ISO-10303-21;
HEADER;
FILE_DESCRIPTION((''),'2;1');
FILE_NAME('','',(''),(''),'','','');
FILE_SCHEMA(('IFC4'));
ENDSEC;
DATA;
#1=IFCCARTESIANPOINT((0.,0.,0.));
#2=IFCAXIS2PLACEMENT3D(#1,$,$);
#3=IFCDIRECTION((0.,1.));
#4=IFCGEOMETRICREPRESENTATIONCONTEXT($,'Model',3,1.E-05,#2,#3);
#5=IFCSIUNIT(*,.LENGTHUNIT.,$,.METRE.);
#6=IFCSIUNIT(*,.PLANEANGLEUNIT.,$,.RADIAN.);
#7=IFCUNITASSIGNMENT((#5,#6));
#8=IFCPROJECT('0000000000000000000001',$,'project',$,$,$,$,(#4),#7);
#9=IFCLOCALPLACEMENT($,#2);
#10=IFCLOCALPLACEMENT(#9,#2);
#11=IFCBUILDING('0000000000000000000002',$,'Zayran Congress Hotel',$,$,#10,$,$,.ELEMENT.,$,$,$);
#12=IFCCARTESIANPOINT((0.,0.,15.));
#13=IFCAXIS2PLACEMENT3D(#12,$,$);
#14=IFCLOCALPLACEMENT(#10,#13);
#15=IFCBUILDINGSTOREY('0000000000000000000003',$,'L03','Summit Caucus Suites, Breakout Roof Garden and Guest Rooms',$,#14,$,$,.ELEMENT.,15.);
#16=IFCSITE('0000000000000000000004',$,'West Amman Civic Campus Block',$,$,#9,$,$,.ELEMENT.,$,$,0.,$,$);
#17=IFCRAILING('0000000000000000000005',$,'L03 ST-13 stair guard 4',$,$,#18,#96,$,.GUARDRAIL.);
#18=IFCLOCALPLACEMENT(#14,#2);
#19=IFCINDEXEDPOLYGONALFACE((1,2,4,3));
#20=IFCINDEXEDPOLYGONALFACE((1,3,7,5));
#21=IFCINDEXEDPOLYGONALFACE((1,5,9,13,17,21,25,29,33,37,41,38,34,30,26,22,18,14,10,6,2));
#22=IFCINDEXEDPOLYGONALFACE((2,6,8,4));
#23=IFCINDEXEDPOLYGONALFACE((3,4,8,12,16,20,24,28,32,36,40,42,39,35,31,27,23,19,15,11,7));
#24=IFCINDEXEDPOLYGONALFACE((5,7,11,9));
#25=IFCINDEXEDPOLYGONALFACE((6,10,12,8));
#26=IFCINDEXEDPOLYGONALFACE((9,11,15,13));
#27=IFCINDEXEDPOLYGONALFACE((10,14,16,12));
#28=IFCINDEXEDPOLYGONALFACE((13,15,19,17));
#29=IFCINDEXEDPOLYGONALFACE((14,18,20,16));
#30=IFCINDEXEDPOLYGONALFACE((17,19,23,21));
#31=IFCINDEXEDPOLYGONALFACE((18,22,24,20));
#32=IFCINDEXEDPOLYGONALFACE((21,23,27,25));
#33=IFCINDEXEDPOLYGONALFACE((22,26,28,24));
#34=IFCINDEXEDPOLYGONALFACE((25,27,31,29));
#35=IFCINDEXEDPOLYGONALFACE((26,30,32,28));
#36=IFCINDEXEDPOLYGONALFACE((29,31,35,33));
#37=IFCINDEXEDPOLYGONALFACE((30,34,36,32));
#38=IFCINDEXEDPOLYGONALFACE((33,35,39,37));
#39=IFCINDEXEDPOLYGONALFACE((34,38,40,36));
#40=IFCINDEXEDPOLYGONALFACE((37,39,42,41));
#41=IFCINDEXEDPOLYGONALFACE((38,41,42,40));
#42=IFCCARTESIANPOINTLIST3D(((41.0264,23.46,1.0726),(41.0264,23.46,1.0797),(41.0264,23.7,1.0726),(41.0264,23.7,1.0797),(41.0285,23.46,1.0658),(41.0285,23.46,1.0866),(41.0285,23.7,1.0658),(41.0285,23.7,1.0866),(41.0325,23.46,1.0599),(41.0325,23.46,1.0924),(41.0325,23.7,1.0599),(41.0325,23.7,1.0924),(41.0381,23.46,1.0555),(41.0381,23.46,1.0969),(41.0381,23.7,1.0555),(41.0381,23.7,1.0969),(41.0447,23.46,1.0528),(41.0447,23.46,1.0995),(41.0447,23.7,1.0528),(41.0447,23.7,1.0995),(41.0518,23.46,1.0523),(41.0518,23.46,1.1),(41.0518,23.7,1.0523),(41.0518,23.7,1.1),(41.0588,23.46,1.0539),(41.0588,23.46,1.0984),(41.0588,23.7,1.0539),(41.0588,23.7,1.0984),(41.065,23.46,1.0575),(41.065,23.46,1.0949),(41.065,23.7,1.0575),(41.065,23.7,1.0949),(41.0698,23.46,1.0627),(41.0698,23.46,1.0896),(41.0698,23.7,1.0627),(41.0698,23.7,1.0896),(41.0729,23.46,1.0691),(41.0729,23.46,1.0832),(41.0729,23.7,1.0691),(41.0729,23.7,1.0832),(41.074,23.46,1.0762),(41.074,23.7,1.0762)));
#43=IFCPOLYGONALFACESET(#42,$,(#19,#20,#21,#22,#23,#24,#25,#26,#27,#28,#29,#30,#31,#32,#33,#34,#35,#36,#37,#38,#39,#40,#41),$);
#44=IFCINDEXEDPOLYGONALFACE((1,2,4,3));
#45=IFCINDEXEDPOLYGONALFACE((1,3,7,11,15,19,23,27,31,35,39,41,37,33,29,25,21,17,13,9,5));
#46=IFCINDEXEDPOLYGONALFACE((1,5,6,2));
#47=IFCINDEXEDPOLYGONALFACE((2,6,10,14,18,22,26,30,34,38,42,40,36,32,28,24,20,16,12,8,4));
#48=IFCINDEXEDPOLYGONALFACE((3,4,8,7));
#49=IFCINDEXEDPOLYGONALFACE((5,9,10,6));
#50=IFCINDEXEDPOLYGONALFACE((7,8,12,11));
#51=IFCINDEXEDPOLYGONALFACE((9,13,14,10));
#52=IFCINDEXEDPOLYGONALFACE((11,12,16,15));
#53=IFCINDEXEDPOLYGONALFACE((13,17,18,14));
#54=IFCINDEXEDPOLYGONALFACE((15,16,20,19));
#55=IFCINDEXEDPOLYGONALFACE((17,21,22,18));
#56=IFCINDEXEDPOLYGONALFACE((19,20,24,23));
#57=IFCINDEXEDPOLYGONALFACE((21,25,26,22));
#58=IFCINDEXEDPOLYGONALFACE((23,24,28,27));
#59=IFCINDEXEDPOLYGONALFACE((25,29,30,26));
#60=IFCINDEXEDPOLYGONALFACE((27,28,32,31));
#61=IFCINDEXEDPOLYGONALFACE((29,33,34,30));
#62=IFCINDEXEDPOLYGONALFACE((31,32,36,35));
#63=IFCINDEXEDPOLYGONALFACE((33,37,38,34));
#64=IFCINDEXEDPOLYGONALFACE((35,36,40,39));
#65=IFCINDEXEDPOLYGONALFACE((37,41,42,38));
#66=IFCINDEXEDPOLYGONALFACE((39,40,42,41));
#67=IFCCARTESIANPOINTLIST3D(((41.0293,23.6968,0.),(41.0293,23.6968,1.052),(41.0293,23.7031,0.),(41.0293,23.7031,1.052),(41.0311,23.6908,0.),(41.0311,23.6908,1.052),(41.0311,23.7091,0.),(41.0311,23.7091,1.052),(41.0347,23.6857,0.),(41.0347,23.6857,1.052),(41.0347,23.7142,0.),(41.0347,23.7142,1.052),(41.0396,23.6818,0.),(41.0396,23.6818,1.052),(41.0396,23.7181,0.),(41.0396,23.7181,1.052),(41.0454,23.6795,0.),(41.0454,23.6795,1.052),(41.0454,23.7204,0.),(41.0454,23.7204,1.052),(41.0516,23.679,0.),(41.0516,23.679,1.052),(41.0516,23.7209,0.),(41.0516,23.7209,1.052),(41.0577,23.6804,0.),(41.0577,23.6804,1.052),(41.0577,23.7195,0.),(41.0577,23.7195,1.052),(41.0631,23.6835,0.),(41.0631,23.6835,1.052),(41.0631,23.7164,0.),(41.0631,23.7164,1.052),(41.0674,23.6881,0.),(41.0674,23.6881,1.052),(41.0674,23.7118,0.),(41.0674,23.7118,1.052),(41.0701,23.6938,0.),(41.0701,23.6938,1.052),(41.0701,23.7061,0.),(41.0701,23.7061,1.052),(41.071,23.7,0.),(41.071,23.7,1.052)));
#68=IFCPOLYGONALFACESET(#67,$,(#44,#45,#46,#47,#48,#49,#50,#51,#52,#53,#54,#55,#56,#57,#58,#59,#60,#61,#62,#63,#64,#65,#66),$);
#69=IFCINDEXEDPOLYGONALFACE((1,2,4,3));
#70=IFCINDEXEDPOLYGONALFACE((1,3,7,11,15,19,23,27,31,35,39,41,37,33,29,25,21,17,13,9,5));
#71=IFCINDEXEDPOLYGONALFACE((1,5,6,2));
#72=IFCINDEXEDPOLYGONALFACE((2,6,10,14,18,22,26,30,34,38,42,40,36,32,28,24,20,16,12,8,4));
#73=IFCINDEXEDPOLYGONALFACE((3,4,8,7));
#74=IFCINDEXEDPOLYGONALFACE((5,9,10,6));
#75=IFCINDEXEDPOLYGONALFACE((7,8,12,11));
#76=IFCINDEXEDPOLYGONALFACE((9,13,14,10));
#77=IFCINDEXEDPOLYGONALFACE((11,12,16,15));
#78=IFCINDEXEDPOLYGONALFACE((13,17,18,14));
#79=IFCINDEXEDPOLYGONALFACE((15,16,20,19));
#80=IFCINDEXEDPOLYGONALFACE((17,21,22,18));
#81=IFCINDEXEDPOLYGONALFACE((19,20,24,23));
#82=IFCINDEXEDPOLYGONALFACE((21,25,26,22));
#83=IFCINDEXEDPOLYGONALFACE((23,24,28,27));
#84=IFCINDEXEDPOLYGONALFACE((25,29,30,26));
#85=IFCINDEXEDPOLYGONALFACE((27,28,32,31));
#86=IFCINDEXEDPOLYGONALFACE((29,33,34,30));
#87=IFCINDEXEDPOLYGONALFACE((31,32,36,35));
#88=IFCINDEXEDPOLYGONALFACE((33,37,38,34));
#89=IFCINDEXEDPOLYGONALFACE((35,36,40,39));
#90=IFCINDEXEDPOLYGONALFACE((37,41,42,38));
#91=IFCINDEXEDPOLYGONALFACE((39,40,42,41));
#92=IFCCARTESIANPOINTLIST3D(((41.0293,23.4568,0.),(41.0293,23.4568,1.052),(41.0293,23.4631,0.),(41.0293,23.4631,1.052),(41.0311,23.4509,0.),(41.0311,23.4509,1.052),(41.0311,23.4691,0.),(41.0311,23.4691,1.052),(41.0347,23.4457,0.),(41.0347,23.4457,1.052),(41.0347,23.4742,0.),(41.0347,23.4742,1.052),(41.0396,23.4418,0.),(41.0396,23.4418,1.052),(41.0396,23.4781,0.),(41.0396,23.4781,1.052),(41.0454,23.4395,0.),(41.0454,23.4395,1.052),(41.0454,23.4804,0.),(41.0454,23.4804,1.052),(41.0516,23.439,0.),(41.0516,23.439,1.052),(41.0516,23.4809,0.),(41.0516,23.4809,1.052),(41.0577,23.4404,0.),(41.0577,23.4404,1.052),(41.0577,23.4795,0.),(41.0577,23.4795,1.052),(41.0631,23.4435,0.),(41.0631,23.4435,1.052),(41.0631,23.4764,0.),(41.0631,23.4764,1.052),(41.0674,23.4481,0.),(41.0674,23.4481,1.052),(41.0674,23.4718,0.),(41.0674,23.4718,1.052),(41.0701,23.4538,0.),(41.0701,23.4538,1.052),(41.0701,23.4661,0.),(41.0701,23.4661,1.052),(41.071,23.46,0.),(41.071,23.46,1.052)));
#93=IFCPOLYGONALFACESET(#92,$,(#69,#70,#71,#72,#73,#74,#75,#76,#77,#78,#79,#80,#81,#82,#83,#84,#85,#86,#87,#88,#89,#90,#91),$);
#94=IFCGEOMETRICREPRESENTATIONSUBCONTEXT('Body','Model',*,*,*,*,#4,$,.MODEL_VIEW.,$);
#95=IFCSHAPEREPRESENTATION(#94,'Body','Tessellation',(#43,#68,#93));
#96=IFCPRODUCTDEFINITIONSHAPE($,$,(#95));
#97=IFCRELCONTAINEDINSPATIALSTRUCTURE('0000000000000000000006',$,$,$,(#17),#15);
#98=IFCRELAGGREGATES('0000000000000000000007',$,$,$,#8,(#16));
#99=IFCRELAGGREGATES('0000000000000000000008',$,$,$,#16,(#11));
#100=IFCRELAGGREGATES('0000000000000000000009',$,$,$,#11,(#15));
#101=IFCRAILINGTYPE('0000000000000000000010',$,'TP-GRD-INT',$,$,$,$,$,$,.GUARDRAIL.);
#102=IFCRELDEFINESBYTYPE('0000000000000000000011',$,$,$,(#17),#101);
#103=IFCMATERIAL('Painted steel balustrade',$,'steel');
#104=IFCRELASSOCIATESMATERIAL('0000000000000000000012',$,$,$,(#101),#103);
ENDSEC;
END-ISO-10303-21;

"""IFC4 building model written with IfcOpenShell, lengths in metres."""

from ifc_helpers import new_model, si_unit, direction, frame, origin, origin_2d, place, context, subcontext, project, spatial, circle, extrude, material, type_object, element, save


model = new_model("IFC4")

# Units and contexts
model_context = context("Model", 3, precision=1e-05, world=origin(), true_north=direction((0.0, 1.0)))
body_context = subcontext(model_context, "Body", "Model", "MODEL_VIEW")
ifc_project = project(units=[si_unit("LENGTHUNIT", "METRE"), si_unit("PLANEANGLEUNIT", "RADIAN")], contexts=[model_context])

# Site, building, storey
site_placement = place(None, origin())
site = spatial("IfcSite", under=ifc_project, at=site_placement, Name="West Amman Civic Campus Block", CompositionType="ELEMENT", RefElevation=0.0)
building_placement = place(site_placement, origin())
building = spatial("IfcBuilding", under=site, at=building_placement, Name="Zayran Congress Hotel", CompositionType="ELEMENT")
storey_placement = place(building_placement, frame((0.0, 0.0, 15.0)))
storey = spatial("IfcBuildingStorey", under=building, at=storey_placement, Name="L03", Description="Summit Caucus Suites, Breakout Roof Garden and Guest Rooms", CompositionType="ELEMENT", Elevation=15.0)

# Railing
ifc_material_1 = material(Name="Painted steel balustrade", Category="steel")
railing_type_1 = type_object("IfcRailingType", Name="TP-GRD-INT", PredefinedType="GUARDRAIL", material=ifc_material_1)
railing_1_placement = place(storey_placement, frame((41.05, 23.7, 0.0)))
element("IfcRailing", 1, at=railing_1_placement, inside=storey, type_object=railing_type_1, Name="L03 ST-13 stair guard 4", PredefinedType="GUARDRAIL", context=body_context, shape_type="SweptSolid", body=[
    extrude(circle(Radius=0.0239, at=origin_2d()), frame((0.0, 0.0, 1.0762), z_axis=(0.0, -1.0, 0.0), x_axis=(1.0, 0.0, 0.0)), (0.0, 0.0, 1.0), 0.24),
    extrude(circle(Radius=0.021, at=origin_2d()), origin(), (0.0, 0.0, 1.0), 1.052),
    extrude(circle(Radius=0.021, at=origin_2d()), frame((0.0, -0.24, 0.0)), (0.0, 0.0, 1.0), 1.052),
])

save(model, "model.ifc")
